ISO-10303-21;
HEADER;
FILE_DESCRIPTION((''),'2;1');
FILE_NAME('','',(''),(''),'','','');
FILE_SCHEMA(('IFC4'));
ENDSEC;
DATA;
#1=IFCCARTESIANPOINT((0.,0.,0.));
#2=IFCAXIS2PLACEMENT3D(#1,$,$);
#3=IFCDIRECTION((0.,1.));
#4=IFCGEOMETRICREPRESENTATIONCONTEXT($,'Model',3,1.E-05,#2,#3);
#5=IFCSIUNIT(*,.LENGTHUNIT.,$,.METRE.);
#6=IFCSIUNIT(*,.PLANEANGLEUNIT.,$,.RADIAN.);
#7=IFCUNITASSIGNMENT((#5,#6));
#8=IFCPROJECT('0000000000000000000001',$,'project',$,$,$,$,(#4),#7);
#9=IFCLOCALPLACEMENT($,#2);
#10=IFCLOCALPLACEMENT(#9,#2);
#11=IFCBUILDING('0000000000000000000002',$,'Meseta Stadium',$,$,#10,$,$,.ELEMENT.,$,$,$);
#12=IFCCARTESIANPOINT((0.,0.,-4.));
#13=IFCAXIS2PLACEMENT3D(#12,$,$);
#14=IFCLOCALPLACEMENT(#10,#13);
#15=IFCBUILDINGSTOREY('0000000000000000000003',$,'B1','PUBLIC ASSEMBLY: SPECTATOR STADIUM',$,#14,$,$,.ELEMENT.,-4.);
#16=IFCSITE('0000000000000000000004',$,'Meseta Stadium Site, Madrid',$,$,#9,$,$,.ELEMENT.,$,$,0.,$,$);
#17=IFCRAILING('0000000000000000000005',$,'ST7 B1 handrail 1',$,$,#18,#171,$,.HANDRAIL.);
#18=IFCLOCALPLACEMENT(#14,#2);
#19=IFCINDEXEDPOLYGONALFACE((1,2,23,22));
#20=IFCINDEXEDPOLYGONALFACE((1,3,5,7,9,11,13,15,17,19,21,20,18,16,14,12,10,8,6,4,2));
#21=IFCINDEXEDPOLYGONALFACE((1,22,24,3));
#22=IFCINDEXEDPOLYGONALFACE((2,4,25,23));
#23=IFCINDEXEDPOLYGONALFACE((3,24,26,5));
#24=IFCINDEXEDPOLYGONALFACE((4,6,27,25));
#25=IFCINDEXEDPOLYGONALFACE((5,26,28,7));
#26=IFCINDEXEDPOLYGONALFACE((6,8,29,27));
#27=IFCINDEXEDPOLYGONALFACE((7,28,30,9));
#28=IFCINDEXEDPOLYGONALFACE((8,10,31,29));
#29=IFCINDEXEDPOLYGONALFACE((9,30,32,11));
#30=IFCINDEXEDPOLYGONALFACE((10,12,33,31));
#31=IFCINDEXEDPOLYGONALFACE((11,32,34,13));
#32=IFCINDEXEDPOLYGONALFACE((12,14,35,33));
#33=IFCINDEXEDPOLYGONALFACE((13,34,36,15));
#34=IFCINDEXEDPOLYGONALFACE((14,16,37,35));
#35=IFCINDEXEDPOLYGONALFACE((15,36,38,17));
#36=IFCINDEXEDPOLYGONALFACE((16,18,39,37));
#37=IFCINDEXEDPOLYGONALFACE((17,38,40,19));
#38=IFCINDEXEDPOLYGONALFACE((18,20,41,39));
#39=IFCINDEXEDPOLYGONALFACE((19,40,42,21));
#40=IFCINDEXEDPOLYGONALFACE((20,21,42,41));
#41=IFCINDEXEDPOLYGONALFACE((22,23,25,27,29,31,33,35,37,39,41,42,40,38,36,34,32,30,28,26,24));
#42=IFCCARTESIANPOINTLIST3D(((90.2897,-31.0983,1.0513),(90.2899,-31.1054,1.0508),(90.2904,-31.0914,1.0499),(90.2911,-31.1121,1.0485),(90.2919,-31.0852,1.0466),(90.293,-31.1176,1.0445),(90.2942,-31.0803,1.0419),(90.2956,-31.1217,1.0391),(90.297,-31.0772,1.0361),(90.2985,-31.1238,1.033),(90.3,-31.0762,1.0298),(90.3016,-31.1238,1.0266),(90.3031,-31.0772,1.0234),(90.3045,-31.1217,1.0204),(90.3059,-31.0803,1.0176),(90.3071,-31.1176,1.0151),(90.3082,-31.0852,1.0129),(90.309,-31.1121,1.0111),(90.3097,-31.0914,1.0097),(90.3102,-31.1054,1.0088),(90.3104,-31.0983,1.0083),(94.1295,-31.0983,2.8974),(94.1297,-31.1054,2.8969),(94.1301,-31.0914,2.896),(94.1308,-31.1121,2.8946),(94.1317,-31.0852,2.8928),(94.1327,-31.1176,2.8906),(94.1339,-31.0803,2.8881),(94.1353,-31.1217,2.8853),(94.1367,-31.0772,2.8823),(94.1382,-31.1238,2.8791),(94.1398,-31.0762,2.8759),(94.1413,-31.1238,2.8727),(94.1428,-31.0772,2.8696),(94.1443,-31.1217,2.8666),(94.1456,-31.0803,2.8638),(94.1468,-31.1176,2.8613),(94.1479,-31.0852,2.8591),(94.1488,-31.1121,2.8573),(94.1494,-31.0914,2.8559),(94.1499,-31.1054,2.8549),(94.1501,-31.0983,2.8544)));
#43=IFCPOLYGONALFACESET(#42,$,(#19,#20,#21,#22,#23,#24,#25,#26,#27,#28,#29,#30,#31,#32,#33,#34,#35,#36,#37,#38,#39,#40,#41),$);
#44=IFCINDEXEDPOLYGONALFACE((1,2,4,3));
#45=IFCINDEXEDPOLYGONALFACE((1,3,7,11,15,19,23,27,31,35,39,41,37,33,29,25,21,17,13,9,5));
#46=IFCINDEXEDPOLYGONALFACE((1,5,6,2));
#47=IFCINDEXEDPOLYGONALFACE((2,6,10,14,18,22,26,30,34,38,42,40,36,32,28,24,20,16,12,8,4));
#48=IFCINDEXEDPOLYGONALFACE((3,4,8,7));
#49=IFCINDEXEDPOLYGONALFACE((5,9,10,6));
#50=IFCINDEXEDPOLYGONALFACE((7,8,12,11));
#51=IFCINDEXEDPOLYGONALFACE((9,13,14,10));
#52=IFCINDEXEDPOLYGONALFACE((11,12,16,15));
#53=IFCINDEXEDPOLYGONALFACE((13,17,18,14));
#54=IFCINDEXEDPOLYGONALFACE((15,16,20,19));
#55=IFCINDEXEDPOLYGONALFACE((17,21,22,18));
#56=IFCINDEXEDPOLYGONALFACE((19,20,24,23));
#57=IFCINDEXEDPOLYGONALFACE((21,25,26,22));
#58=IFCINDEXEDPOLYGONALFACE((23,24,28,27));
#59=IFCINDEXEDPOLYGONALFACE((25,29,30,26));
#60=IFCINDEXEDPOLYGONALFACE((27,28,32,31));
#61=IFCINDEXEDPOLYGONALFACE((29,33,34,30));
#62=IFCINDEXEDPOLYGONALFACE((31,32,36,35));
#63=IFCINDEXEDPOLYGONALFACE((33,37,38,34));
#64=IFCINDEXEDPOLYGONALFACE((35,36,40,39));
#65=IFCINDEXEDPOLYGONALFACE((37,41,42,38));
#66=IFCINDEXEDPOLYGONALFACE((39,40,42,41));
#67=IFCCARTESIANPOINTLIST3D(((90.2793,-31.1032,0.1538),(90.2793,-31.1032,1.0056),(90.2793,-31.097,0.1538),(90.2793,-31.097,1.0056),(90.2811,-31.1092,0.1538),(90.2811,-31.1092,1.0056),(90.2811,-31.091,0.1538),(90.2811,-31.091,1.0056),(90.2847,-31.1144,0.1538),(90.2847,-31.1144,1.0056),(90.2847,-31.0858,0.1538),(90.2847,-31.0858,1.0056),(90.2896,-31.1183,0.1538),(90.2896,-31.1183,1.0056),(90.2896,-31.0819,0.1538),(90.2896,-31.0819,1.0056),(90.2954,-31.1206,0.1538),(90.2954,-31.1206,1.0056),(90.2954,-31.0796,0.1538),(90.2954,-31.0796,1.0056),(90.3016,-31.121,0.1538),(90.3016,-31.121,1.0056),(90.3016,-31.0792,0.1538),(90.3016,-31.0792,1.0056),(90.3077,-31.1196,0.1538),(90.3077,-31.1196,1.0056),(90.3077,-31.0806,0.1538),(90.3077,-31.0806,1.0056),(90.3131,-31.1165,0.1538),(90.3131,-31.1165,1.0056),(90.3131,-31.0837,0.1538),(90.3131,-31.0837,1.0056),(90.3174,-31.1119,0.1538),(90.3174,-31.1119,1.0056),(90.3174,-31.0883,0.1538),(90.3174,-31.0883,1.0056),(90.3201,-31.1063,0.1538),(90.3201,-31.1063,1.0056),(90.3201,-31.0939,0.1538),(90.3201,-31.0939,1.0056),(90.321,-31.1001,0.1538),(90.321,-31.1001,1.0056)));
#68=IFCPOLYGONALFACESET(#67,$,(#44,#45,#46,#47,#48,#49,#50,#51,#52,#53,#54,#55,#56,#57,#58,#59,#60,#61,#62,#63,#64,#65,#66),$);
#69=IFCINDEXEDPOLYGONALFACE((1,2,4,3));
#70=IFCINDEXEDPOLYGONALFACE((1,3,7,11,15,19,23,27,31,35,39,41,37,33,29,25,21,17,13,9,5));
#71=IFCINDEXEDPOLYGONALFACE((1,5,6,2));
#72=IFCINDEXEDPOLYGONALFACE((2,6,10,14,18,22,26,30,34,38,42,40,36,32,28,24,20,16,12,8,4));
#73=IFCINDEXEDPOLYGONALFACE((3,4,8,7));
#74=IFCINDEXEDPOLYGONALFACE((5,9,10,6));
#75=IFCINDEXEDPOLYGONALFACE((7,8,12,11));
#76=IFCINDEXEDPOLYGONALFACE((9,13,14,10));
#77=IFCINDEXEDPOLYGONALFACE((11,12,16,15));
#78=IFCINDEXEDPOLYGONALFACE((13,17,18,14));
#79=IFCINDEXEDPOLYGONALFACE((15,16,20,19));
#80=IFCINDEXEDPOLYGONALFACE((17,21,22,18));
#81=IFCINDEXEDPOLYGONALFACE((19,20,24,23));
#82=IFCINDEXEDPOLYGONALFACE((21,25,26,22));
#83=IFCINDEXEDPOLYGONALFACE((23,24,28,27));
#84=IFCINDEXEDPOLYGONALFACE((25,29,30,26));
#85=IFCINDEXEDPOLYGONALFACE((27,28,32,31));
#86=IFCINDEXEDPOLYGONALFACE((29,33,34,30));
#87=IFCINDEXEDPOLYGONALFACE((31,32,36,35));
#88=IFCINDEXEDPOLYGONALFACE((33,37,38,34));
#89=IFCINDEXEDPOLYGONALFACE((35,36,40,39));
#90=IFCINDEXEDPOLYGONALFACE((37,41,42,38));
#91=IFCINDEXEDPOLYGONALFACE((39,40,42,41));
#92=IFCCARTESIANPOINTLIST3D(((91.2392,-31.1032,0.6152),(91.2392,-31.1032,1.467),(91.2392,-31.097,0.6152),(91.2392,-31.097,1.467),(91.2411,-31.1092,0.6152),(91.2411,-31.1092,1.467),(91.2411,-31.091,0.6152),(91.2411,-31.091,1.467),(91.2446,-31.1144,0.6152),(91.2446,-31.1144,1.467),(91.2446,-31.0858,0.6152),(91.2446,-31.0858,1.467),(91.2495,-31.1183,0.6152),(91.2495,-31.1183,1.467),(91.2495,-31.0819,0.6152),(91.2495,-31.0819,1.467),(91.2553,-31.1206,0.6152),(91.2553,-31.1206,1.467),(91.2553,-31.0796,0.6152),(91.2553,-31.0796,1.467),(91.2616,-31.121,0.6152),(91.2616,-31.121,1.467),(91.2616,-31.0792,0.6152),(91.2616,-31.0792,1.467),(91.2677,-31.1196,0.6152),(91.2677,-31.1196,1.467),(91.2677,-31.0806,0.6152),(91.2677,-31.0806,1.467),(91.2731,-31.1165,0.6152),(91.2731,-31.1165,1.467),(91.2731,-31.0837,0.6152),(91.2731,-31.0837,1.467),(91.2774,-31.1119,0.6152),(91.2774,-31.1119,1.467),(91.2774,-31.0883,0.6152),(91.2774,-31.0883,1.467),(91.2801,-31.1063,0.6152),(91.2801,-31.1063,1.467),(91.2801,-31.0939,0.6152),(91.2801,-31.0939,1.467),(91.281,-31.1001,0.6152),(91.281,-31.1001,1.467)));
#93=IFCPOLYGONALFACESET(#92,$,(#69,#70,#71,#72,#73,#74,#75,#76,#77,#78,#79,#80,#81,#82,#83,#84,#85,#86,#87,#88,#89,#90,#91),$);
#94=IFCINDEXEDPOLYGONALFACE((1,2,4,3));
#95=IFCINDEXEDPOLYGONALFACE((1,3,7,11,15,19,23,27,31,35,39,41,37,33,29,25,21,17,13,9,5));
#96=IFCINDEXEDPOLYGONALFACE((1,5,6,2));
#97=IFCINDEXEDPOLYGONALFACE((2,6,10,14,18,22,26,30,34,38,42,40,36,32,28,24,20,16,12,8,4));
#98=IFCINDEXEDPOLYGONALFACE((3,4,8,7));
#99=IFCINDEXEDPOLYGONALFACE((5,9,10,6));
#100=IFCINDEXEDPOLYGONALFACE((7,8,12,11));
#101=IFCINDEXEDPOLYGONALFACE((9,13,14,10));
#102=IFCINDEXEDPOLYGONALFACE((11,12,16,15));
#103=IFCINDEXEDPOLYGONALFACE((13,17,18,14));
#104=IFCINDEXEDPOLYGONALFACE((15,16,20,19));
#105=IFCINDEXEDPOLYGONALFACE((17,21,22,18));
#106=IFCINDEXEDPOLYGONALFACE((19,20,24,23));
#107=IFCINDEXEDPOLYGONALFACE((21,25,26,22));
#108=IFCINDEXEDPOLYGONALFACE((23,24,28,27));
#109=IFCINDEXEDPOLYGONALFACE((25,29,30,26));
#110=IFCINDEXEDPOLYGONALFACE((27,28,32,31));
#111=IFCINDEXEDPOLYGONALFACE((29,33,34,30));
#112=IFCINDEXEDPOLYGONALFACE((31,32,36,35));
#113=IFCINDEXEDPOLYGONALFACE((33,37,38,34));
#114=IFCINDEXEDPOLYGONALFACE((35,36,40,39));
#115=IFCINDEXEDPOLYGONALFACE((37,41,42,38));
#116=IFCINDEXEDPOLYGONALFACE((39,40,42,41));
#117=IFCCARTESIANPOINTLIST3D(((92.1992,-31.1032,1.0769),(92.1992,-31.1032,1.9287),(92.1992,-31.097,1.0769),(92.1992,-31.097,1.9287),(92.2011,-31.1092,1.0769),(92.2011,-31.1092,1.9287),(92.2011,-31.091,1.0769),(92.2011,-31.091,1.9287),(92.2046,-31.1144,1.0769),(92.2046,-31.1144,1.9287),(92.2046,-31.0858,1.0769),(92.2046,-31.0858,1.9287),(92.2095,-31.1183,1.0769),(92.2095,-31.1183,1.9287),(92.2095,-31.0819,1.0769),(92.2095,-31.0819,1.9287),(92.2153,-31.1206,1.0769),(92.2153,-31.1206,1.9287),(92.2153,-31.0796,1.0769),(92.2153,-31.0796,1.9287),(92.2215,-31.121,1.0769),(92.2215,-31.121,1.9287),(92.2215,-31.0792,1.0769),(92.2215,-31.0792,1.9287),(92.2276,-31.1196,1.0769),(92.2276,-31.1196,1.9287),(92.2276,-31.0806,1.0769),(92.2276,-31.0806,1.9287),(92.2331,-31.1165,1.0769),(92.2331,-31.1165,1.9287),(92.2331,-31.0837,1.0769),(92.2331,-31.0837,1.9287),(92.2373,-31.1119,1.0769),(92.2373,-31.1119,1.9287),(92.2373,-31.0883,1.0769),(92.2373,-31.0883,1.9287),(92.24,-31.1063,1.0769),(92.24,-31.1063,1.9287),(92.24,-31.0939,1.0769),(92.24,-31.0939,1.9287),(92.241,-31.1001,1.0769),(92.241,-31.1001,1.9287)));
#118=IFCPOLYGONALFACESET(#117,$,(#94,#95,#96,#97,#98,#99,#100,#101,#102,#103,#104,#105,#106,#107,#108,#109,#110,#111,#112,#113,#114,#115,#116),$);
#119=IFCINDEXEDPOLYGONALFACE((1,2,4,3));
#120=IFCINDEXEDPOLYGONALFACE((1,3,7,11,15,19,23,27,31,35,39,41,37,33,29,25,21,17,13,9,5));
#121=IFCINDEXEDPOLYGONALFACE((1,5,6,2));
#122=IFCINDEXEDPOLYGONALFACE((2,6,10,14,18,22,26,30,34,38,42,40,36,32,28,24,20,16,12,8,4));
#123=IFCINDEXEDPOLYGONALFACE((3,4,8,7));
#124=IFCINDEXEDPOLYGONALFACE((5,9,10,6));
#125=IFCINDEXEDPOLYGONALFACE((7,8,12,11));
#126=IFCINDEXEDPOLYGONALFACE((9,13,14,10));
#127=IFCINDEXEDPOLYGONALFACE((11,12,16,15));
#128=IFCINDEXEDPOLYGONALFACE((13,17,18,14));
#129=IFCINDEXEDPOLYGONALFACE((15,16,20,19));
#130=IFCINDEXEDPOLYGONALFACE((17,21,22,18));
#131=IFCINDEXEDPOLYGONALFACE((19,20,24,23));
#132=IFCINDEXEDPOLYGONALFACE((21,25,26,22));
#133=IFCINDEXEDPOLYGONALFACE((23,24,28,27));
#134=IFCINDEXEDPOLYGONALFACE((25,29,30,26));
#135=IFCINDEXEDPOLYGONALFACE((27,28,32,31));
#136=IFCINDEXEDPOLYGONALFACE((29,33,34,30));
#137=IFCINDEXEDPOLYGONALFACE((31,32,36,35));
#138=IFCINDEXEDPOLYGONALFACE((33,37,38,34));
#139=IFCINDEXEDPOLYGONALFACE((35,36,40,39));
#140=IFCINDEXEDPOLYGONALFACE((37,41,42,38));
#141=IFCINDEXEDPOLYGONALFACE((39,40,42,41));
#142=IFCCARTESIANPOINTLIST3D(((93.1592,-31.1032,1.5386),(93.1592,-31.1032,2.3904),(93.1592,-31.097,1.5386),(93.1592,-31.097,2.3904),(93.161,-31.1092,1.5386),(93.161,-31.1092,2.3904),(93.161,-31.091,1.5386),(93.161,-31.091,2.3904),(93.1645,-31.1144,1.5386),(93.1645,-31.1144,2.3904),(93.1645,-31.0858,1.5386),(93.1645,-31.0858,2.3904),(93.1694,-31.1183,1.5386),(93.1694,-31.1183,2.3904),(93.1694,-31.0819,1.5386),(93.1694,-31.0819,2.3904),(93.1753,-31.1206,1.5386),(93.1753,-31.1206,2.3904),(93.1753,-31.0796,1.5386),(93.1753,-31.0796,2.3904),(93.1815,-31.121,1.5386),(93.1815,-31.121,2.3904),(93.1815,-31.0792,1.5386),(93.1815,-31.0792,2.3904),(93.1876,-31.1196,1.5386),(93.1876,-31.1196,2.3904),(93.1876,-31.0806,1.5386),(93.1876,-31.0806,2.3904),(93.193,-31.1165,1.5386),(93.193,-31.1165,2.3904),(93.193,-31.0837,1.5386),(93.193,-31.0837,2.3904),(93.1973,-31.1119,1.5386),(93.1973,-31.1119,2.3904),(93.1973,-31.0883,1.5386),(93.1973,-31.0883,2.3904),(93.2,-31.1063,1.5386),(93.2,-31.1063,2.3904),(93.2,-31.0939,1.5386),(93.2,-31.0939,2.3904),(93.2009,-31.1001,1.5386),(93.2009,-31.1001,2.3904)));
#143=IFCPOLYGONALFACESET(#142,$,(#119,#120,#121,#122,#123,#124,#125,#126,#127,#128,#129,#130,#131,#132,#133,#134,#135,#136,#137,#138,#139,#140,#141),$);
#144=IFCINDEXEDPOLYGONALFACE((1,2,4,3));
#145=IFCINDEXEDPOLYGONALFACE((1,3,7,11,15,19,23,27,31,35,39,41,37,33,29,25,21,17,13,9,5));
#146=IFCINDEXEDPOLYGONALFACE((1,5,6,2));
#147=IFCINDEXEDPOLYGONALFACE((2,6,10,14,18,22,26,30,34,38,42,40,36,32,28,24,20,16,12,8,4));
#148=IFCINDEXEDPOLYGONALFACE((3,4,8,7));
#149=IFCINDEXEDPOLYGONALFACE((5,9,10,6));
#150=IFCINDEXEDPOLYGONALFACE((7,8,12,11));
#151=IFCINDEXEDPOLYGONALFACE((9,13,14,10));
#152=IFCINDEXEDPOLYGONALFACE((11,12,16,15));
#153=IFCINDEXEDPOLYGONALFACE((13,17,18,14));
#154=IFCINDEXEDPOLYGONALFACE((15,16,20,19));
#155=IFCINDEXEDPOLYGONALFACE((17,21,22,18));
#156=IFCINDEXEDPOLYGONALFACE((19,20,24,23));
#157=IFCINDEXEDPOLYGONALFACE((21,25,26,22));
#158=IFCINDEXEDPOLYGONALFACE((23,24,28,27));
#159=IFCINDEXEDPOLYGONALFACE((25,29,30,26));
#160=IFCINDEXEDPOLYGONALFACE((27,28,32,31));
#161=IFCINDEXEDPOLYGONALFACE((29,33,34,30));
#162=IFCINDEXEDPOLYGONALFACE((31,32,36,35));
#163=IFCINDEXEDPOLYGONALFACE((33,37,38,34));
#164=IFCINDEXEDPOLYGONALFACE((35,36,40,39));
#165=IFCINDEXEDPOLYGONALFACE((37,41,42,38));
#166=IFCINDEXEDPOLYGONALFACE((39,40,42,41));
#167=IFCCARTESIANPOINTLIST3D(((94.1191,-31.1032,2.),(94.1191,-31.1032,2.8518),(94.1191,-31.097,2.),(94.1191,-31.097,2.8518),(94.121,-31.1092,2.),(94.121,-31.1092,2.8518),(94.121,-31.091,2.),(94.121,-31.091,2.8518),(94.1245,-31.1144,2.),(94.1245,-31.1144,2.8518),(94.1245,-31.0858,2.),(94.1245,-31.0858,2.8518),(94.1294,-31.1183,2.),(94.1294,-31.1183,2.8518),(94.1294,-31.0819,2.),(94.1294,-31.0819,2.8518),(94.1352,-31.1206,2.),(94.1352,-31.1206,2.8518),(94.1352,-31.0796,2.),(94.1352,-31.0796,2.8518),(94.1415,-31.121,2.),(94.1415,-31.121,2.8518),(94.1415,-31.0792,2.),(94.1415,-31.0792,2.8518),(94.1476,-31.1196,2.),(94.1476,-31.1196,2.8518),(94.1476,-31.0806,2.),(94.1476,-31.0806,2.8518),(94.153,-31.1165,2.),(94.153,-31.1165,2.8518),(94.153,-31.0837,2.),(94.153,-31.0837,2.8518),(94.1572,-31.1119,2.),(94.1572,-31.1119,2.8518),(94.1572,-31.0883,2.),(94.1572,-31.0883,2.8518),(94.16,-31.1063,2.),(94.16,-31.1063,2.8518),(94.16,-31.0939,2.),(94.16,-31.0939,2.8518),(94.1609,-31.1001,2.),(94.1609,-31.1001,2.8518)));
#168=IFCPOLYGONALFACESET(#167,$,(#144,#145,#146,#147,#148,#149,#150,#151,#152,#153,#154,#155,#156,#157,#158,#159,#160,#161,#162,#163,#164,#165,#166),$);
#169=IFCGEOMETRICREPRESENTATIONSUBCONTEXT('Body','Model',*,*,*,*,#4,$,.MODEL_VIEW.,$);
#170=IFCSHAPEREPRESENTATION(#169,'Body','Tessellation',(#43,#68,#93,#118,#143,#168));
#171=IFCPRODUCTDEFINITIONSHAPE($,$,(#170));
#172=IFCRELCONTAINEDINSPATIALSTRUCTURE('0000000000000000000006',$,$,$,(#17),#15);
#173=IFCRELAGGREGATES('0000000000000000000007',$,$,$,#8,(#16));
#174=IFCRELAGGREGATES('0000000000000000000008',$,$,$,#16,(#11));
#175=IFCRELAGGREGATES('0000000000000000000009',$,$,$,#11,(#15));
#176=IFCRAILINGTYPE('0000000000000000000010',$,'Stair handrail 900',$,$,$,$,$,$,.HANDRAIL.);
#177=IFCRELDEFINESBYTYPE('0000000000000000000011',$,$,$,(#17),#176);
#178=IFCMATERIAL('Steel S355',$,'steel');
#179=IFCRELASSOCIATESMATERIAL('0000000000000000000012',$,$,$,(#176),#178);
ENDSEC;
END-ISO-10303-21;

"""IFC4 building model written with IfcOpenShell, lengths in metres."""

from ifc_helpers import new_model, si_unit, direction, frame, origin, origin_2d, place, context, subcontext, project, spatial, circle, extrude, material, type_object, element, save


model = new_model("IFC4")

# Units and contexts
model_context = context("Model", 3, precision=1e-05, world=origin(), true_north=direction((0.0, 1.0)))
body_context = subcontext(model_context, "Body", "Model", "MODEL_VIEW")
ifc_project = project(units=[si_unit("LENGTHUNIT", "METRE"), si_unit("PLANEANGLEUNIT", "RADIAN")], contexts=[model_context])

# Site, building, storey
site_placement = place(None, origin())
site = spatial("IfcSite", under=ifc_project, at=site_placement, Name="Meseta Stadium Site, Madrid", CompositionType="ELEMENT", RefElevation=0.0)
building_placement = place(site_placement, origin())
building = spatial("IfcBuilding", under=site, at=building_placement, Name="Meseta Stadium", CompositionType="ELEMENT")
storey_placement = place(building_placement, frame((0.0, 0.0, -4.0)))
storey = spatial("IfcBuildingStorey", under=building, at=storey_placement, Name="B1", Description="PUBLIC ASSEMBLY: SPECTATOR STADIUM", CompositionType="ELEMENT", Elevation=-4.0)

# Railing
ifc_material_1 = material(Name="Steel S355", Category="steel")
railing_type_1 = type_object("IfcRailingType", Name="Stair handrail 900", PredefinedType="HANDRAIL", material=ifc_material_1)
for number, where, name in (
    (1, (90.3, -31.1001, 0.1538), "ST7 B1 handrail 1"),
):
    element("IfcRailing", number, at=place(storey_placement, frame(where)), inside=storey, type_object=railing_type_1, Name=name, PredefinedType="HANDRAIL", context=body_context, shape_type="SweptSolid", body=[
        extrude(circle(Radius=0.0239, at=origin_2d()), frame((0.0, 0.0, 0.876), z_axis=(0.901242, 0.0, 0.433316), x_axis=(0.0, 1.0, 0.0)), (0.0, 0.0, 1.0), 4.2605),
        extrude(circle(Radius=0.021, at=origin_2d()), origin(), (0.0, 0.0, 1.0), 0.8518),
        extrude(circle(Radius=0.021, at=origin_2d()), frame((0.96, 0.0, 0.4614)), (0.0, 0.0, 1.0), 0.8518),
        extrude(circle(Radius=0.021, at=origin_2d()), frame((1.9199, 0.0, 0.9231)), (0.0, 0.0, 1.0), 0.8518),
        extrude(circle(Radius=0.021, at=origin_2d()), frame((2.8799, 0.0, 1.3848)), (0.0, 0.0, 1.0), 0.8518),
        extrude(circle(Radius=0.021, at=origin_2d()), frame((3.8398, 0.0, 1.8462)), (0.0, 0.0, 1.0), 0.8518),
    ])

save(model, "model.ifc")
